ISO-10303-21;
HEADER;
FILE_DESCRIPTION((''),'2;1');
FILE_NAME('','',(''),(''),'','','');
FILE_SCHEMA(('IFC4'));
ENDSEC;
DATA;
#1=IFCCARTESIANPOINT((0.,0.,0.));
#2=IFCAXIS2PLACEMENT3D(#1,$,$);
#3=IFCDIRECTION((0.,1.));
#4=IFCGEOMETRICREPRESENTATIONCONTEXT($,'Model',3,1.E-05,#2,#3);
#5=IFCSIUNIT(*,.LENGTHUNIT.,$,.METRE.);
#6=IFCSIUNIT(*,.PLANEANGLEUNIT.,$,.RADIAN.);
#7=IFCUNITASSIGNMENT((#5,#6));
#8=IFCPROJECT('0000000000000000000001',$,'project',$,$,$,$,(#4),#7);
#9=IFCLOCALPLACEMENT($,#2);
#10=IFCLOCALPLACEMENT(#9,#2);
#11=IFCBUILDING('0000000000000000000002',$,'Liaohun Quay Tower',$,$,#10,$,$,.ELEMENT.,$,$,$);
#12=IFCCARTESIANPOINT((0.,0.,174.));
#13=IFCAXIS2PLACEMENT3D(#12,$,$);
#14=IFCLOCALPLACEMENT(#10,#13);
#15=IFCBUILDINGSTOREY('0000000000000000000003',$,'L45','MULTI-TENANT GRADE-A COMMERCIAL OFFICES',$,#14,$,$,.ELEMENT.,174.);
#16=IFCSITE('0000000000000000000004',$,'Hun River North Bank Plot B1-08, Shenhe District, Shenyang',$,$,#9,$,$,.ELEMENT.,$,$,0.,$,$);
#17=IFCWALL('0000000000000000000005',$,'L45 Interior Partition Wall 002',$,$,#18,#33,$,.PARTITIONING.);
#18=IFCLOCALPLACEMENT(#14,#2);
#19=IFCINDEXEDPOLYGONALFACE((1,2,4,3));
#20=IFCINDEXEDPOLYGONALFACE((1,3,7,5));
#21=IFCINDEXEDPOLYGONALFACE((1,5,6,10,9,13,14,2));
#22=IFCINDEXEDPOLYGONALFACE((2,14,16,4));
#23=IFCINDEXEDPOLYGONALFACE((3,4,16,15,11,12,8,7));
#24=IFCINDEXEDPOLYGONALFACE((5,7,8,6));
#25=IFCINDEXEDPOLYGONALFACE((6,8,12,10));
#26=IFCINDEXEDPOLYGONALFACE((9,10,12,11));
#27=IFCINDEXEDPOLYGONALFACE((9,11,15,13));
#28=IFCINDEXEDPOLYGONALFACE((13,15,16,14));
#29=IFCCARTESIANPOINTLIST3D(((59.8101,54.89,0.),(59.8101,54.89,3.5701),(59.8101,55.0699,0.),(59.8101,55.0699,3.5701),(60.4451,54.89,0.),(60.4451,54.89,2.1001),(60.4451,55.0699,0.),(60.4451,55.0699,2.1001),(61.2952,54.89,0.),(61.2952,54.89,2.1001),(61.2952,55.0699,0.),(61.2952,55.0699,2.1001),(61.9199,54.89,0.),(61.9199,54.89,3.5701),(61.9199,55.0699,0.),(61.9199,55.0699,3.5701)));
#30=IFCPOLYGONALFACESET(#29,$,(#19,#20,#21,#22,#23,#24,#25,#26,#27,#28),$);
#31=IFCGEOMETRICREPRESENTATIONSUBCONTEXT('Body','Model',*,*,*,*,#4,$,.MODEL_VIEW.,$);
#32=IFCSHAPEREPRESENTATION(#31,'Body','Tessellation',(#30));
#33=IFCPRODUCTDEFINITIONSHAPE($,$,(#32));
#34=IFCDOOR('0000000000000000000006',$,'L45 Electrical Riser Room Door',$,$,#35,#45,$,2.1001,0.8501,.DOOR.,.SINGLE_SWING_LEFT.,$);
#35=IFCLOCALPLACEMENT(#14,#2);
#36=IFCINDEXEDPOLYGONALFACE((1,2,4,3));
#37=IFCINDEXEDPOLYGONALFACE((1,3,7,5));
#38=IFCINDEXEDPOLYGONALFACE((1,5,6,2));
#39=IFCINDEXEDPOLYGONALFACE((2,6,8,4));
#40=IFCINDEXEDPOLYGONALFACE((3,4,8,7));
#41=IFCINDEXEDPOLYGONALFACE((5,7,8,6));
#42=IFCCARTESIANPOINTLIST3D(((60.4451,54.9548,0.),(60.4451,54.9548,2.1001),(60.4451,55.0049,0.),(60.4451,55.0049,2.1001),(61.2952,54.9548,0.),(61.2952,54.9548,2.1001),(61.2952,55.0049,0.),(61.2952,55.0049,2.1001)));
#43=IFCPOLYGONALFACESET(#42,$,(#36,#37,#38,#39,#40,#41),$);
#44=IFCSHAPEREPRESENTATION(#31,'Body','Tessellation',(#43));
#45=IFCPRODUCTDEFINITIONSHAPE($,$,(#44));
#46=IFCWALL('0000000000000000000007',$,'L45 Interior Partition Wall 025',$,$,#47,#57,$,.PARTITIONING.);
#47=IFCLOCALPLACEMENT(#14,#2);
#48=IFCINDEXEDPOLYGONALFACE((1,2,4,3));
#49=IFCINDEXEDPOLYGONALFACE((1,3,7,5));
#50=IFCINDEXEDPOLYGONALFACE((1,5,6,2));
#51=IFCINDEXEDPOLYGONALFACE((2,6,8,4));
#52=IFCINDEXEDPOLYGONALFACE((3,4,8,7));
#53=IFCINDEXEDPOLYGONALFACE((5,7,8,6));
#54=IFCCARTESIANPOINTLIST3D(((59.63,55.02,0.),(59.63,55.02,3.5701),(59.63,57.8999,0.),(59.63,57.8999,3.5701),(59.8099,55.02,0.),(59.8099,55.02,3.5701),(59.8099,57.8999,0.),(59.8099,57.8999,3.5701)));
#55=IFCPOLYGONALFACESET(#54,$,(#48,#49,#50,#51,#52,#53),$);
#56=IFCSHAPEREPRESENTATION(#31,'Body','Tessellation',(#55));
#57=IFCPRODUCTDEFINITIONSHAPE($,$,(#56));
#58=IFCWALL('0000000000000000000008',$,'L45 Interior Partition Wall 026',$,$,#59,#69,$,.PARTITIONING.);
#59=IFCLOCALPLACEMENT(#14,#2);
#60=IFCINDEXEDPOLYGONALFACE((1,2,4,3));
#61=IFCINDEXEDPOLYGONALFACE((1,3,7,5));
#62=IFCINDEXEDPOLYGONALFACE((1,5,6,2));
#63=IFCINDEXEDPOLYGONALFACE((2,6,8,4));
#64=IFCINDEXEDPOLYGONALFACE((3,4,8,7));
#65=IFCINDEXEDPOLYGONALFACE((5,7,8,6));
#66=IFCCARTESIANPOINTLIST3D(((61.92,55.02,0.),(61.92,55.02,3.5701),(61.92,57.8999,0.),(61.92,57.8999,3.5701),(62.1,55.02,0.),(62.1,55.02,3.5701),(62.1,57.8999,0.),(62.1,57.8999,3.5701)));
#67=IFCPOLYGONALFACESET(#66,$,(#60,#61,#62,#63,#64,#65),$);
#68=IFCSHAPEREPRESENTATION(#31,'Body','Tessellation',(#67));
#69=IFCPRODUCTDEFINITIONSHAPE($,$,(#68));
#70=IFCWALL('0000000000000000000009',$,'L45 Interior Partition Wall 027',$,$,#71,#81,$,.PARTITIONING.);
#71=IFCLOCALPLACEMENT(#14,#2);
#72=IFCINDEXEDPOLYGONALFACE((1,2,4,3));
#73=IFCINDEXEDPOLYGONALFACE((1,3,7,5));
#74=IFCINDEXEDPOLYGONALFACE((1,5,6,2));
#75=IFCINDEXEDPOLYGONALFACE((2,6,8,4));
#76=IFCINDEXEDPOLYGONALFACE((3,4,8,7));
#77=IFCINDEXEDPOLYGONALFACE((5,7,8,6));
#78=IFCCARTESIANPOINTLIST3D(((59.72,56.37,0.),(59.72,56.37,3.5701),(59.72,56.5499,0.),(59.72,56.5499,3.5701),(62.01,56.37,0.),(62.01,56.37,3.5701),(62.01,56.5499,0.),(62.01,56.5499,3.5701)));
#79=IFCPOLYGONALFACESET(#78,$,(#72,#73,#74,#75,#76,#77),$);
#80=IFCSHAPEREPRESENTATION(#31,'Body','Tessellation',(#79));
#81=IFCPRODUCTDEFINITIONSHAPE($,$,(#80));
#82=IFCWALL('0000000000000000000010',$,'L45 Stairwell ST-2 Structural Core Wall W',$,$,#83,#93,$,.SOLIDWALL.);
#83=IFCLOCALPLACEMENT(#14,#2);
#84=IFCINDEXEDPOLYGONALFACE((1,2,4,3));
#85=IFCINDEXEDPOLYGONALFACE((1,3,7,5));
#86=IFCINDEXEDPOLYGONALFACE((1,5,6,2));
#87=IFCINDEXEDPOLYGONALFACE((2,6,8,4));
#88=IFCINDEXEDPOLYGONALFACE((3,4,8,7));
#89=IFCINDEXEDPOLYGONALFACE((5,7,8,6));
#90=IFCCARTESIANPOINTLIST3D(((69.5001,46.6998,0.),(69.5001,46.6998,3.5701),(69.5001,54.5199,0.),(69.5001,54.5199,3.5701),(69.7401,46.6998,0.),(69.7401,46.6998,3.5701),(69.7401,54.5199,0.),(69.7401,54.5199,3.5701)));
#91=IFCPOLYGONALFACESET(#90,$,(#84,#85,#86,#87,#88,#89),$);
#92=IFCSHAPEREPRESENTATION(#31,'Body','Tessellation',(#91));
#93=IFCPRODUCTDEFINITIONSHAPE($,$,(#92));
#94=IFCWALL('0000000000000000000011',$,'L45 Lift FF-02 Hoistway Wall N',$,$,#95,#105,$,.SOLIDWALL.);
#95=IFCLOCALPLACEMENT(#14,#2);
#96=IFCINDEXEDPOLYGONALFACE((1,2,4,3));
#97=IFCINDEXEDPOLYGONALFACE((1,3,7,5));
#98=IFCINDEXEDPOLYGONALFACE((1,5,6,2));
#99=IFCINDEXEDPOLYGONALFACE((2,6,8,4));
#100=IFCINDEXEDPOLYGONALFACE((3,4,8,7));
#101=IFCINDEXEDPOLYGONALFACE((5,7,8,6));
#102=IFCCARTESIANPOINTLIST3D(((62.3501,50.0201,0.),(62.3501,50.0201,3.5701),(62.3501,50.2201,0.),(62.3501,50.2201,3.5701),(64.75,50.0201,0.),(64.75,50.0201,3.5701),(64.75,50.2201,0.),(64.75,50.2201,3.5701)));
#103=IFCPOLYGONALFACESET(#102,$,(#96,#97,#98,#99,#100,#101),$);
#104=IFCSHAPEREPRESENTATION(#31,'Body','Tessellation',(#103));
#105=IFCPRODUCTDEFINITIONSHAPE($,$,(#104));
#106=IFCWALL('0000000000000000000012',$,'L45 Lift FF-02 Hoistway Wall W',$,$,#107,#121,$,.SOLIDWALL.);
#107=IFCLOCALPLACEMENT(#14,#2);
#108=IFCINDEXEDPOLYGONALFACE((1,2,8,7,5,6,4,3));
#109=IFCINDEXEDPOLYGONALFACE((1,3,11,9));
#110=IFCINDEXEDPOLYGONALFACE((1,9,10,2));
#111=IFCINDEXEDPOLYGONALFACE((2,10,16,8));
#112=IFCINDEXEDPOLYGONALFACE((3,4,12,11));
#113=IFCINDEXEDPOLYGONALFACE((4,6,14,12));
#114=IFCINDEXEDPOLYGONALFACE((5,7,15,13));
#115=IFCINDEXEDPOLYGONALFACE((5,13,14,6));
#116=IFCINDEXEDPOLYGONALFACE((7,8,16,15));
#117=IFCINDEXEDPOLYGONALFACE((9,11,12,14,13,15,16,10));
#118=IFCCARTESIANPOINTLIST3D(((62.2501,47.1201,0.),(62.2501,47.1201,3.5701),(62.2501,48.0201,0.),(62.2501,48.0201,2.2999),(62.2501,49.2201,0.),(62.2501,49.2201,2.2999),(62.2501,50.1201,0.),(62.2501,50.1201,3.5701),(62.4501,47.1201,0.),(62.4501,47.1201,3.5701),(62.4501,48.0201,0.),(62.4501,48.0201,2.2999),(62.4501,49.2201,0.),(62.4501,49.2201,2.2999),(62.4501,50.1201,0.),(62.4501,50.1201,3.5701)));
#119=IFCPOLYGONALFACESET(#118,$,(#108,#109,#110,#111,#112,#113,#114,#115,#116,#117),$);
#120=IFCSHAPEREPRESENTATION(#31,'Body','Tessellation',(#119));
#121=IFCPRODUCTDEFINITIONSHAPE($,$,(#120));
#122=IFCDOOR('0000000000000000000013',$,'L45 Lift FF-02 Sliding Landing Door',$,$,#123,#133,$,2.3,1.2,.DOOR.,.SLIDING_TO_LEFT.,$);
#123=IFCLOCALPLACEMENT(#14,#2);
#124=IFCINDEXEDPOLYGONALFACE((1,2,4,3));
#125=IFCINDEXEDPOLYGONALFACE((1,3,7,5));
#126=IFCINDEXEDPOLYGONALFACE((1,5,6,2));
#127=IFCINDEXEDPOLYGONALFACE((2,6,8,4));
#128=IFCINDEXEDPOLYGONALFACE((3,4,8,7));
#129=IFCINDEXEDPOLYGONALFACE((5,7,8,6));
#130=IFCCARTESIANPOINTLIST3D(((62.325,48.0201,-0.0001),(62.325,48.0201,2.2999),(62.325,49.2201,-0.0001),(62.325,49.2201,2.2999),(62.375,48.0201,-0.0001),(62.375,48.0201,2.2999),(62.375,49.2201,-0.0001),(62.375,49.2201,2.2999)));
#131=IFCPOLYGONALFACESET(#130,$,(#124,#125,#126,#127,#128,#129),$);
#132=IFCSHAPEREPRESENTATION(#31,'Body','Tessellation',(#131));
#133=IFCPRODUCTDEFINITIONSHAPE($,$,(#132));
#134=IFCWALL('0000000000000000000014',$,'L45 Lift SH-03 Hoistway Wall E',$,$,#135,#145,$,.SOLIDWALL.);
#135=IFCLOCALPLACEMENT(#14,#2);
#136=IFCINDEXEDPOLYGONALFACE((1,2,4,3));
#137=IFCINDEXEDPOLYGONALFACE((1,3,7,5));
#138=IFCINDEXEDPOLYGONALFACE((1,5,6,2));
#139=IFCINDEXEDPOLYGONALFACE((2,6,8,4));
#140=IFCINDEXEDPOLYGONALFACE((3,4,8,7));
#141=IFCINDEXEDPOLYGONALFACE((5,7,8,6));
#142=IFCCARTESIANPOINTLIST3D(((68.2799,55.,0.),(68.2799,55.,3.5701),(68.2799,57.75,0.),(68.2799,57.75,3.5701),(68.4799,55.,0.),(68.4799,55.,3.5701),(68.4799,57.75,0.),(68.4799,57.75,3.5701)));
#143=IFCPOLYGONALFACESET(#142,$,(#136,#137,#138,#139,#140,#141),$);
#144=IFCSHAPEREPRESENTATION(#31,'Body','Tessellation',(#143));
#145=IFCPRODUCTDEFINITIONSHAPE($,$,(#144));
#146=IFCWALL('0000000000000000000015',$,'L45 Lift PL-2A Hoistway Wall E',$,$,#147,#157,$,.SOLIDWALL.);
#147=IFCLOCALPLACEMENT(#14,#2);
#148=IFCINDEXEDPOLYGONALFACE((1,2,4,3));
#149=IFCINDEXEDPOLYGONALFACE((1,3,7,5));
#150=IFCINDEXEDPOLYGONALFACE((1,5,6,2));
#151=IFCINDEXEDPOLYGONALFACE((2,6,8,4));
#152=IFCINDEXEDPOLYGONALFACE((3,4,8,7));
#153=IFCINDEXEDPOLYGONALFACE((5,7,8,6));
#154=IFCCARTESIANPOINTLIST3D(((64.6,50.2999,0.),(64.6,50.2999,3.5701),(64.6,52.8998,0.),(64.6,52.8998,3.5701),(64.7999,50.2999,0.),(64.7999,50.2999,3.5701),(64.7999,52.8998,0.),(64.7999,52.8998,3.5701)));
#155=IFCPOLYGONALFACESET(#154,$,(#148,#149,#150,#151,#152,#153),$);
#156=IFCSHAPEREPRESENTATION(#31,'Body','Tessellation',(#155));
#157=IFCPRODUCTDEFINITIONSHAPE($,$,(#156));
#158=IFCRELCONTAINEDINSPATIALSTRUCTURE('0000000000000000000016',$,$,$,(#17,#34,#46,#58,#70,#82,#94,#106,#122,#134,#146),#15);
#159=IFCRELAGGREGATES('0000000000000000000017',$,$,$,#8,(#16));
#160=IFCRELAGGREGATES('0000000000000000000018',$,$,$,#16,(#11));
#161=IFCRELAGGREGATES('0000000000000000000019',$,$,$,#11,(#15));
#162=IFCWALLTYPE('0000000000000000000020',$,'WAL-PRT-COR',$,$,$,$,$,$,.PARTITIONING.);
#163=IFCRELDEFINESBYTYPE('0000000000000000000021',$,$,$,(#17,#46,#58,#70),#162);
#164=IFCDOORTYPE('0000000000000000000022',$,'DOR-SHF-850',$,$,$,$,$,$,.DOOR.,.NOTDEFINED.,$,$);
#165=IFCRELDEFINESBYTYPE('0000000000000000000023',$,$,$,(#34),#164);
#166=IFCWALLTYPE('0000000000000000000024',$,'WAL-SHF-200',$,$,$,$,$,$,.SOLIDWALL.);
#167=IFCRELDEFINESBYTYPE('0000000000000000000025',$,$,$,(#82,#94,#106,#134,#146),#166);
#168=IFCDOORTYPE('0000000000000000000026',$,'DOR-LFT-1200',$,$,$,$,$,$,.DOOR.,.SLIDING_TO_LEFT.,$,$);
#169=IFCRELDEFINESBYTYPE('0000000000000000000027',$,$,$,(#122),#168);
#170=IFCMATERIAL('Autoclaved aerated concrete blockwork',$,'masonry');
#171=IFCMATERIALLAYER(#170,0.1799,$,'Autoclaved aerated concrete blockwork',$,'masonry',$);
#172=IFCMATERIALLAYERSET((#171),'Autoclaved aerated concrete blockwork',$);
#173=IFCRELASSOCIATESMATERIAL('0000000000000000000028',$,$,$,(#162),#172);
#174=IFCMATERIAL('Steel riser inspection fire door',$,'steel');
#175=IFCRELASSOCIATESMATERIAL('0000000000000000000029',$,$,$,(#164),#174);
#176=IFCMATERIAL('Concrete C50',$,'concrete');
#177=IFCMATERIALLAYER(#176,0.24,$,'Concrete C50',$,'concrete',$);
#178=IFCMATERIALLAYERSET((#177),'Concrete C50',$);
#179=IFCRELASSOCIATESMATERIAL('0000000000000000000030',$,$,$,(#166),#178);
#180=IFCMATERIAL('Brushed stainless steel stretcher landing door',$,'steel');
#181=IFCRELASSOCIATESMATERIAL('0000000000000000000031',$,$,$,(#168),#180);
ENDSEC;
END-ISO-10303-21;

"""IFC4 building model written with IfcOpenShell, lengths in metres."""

from ifc_helpers import new_model, si_unit, direction, frame, frame_2d, origin, place, context, subcontext, project, spatial, rectangle, extrude, source, transform, mapped, material, layer, layer_set, type_object, element, fill, save


model = new_model("IFC4")

# Units and contexts
model_context = context("Model", 3, precision=1e-05, world=origin(), true_north=direction((0.0, 1.0)))
body_context = subcontext(model_context, "Body", "Model", "MODEL_VIEW")
ifc_project = project(units=[si_unit("LENGTHUNIT", "METRE"), si_unit("PLANEANGLEUNIT", "RADIAN")], contexts=[model_context])

# Site, building, storey
site_placement = place(None, origin())
site = spatial("IfcSite", under=ifc_project, at=site_placement, Name="Hun River North Bank Plot B1-08, Shenhe District, Shenyang", CompositionType="ELEMENT", RefElevation=0.0)
building_placement = place(site_placement, origin())
building = spatial("IfcBuilding", under=site, at=building_placement, Name="Liaohun Quay Tower", CompositionType="ELEMENT")
storey_placement = place(building_placement, frame((0.0, 0.0, 174.0)))
storey = spatial("IfcBuildingStorey", under=building, at=storey_placement, Name="L45", Description="MULTI-TENANT GRADE-A COMMERCIAL OFFICES", CompositionType="ELEMENT", Elevation=174.0)

# Wall, opening, door
ifc_material_1 = material(Name="Autoclaved aerated concrete blockwork", Category="masonry")
ifc_layer_1 = layer(ifc_material_1, 0.1799, Name="Autoclaved aerated concrete blockwork", Category="masonry")
ifc_layer_set_1 = layer_set([ifc_layer_1], Name="Autoclaved aerated concrete blockwork")
wall_type_1 = type_object("IfcWallType", Name="WAL-PRT-COR", PredefinedType="PARTITIONING", material=ifc_layer_set_1)
wall_1_placement = place(storey_placement, frame((59.8101, 54.98, 0.0), z_axis=(0.0, 0.0, 1.0), x_axis=(1.0, 0.0, 0.0)))
wall_1 = element("IfcWall", 1, at=wall_1_placement, inside=storey, type_object=wall_type_1, Name="L45 Interior Partition Wall 002", PredefinedType="PARTITIONING", context=body_context, shape_type="SweptSolid", body=[
    extrude(rectangle(XDim=2.1099, YDim=0.1799, at=frame_2d((1.0549, 0.0))), origin(), (0.0, 0.0, 1.0), 3.5701),
])
shared_shape_1 = source(origin(), body_context, "Body", "SweptSolid", [
    extrude(rectangle(XDim=0.8501, YDim=2.1001, at=frame_2d((0.425, 1.05))), frame((0.0, 0.0999, 0.0), z_axis=(0.0, -1.0, 0.0), x_axis=(1.0, 0.0, 0.0)), (0.0, 0.0, 1.0), 0.2),
])
opening_1_placement = place(wall_1_placement, frame((0.635, 0.0, 0.0)))
opening_1 = element("IfcOpeningElement", 2, at=opening_1_placement, cuts=wall_1, PredefinedType="OPENING", context=body_context, shape_type="MappedRepresentation", body=[
    mapped(shared_shape_1, transform((0.0, 0.0, 0.0), x_axis=(1.0, 0.0, 0.0), y_axis=(0.0, 1.0, 0.0), z_axis=(0.0, 0.0, 1.0), scale=1.0)),
])
ifc_material_2 = material(Name="Steel riser inspection fire door", Category="steel")
door_type_1 = type_object("IfcDoorType", Name="DOR-SHF-850", OperationType="NOTDEFINED", PredefinedType="DOOR", material=ifc_material_2)
shared_shape_2 = source(origin(), body_context, "Body", "SweptSolid", [
    extrude(rectangle(XDim=0.8501, YDim=2.1001, at=frame_2d((0.425, 1.05))), frame((0.0, 0.0249, 0.0), z_axis=(0.0, -1.0, 0.0), x_axis=(1.0, 0.0, 0.0)), (0.0, 0.0, 1.0), 0.05),
])
door_1_placement = place(opening_1_placement, origin())
door_1 = element("IfcDoor", 3, at=door_1_placement, inside=storey, type_object=door_type_1, Name="L45 Electrical Riser Room Door", OperationType="SINGLE_SWING_LEFT", OverallHeight=2.1001, OverallWidth=0.8501, PredefinedType="DOOR", context=body_context, shape_type="MappedRepresentation", body=[
    mapped(shared_shape_2, transform((0.0, 0.0, 0.0), x_axis=(1.0, 0.0, 0.0), y_axis=(0.0, 1.0, 0.0), z_axis=(0.0, 0.0, 1.0), scale=1.0)),
])
fill(opening_1, door_1)

# Walls
for number, where, z_axis, x_axis, name in (
    (4, (59.72, 55.02, 0.0), (0.0, 0.0, 1.0), (0.0, 1.0, 0.0), "L45 Interior Partition Wall 025"),
    (5, (62.01, 55.02, 0.0), (0.0, 0.0, 1.0), (0.0, 1.0, 0.0), "L45 Interior Partition Wall 026"),
):
    element("IfcWall", number, at=place(storey_placement, frame(where, z_axis=z_axis, x_axis=x_axis)), inside=storey, type_object=wall_type_1, Name=name, PredefinedType="PARTITIONING", context=body_context, shape_type="SweptSolid", body=[
        extrude(rectangle(XDim=2.8799, YDim=0.1799, at=frame_2d((1.4399, 0.0))), origin(), (0.0, 0.0, 1.0), 3.5701),
    ])
wall_2_placement = place(storey_placement, frame((59.72, 56.46, 0.0), z_axis=(0.0, 0.0, 1.0), x_axis=(1.0, 0.0, 0.0)))
element("IfcWall", 6, at=wall_2_placement, inside=storey, type_object=wall_type_1, Name="L45 Interior Partition Wall 027", PredefinedType="PARTITIONING", context=body_context, shape_type="SweptSolid", body=[
    extrude(rectangle(XDim=2.29, YDim=0.1799, at=frame_2d((1.145, 0.0))), origin(), (0.0, 0.0, 1.0), 3.5701),
])
ifc_material_3 = material(Name="Concrete C50", Category="concrete")
ifc_layer_2 = layer(ifc_material_3, 0.24, Name="Concrete C50", Category="concrete")
ifc_layer_set_2 = layer_set([ifc_layer_2], Name="Concrete C50")
wall_type_2 = type_object("IfcWallType", Name="WAL-SHF-200", PredefinedType="SOLIDWALL", material=ifc_layer_set_2)
wall_3_placement = place(storey_placement, frame((69.6201, 54.52, 0.0), z_axis=(0.0, 0.0, 1.0), x_axis=(0.0, -1.0, 0.0)))
element("IfcWall", 7, at=wall_3_placement, inside=storey, type_object=wall_type_2, Name="L45 Stairwell ST-2 Structural Core Wall W", PredefinedType="SOLIDWALL", context=body_context, shape_type="SweptSolid", body=[
    extrude(rectangle(XDim=7.8201, YDim=0.24, at=frame_2d((3.9102, 0.0))), origin(), (0.0, 0.0, 1.0), 3.5701),
])
wall_4_placement = place(storey_placement, frame((64.75, 50.1201, 0.0), z_axis=(0.0, 0.0, 1.0), x_axis=(-1.0, 0.0, 0.0)))
element("IfcWall", 8, at=wall_4_placement, inside=storey, type_object=wall_type_2, Name="L45 Lift FF-02 Hoistway Wall N", PredefinedType="SOLIDWALL", context=body_context, shape_type="SweptSolid", body=[
    extrude(rectangle(XDim=2.3999, YDim=0.2, at=frame_2d((1.2, 0.0))), origin(), (0.0, 0.0, 1.0), 3.5701),
])

# Wall, opening, door
wall_5_placement = place(storey_placement, frame((62.3501, 50.1201, 0.0), z_axis=(0.0, 0.0, 1.0), x_axis=(0.0, -1.0, 0.0)))
wall_5 = element("IfcWall", 9, at=wall_5_placement, inside=storey, type_object=wall_type_2, Name="L45 Lift FF-02 Hoistway Wall W", PredefinedType="SOLIDWALL", context=body_context, shape_type="SweptSolid", body=[
    extrude(rectangle(XDim=3.0, YDim=0.2, at=frame_2d((1.5, 0.0))), origin(), (0.0, 0.0, 1.0), 3.5701),
])
shared_shape_3 = source(origin(), body_context, "Body", "SweptSolid", [
    extrude(rectangle(XDim=1.2, YDim=2.3, at=frame_2d((0.6001, 1.1499))), frame((0.0, 0.1099, 0.0), z_axis=(0.0, -1.0, 0.0), x_axis=(1.0, 0.0, 0.0)), (0.0, 0.0, 1.0), 0.22),
])
opening_2_placement = place(wall_5_placement, frame((0.8999, 0.0, 0.0)))
opening_2 = element("IfcOpeningElement", 10, at=opening_2_placement, cuts=wall_5, PredefinedType="OPENING", context=body_context, shape_type="MappedRepresentation", body=[
    mapped(shared_shape_3, transform((0.0, 0.0, 0.0), x_axis=(1.0, 0.0, 0.0), y_axis=(0.0, 1.0, 0.0), z_axis=(0.0, 0.0, 1.0), scale=1.0)),
])
ifc_material_4 = material(Name="Brushed stainless steel stretcher landing door", Category="steel")
door_type_2 = type_object("IfcDoorType", Name="DOR-LFT-1200", OperationType="SLIDING_TO_LEFT", PredefinedType="DOOR", material=ifc_material_4)
shared_shape_4 = source(origin(), body_context, "Body", "SweptSolid", [
    extrude(rectangle(XDim=1.2, YDim=2.3, at=frame_2d((0.6001, 1.1499))), frame((0.0, 0.0249, 0.0), z_axis=(0.0, -1.0, 0.0), x_axis=(1.0, 0.0, 0.0)), (0.0, 0.0, 1.0), 0.05),
])
door_2_placement = place(opening_2_placement, origin())
door_2 = element("IfcDoor", 11, at=door_2_placement, inside=storey, type_object=door_type_2, Name="L45 Lift FF-02 Sliding Landing Door", OperationType="SLIDING_TO_LEFT", OverallHeight=2.3, OverallWidth=1.2, PredefinedType="DOOR", context=body_context, shape_type="MappedRepresentation", body=[
    mapped(shared_shape_4, transform((0.0, 0.0, 0.0), x_axis=(1.0, 0.0, 0.0), y_axis=(0.0, 1.0, 0.0), z_axis=(0.0, 0.0, 1.0), scale=1.0)),
])
fill(opening_2, door_2)

# Walls
wall_6_placement = place(storey_placement, frame((68.3799, 55.0, 0.0), z_axis=(0.0, 0.0, 1.0), x_axis=(0.0, 1.0, 0.0)))
element("IfcWall", 12, at=wall_6_placement, inside=storey, type_object=wall_type_2, Name="L45 Lift SH-03 Hoistway Wall E", PredefinedType="SOLIDWALL", context=body_context, shape_type="SweptSolid", body=[
    extrude(rectangle(XDim=2.75, YDim=0.2, at=frame_2d((1.375, 0.0))), origin(), (0.0, 0.0, 1.0), 3.5701),
])
wall_7_placement = place(storey_placement, frame((64.7, 50.3, 0.0), z_axis=(0.0, 0.0, 1.0), x_axis=(0.0, 1.0, 0.0)))
element("IfcWall", 13, at=wall_7_placement, inside=storey, type_object=wall_type_2, Name="L45 Lift PL-2A Hoistway Wall E", PredefinedType="SOLIDWALL", context=body_context, shape_type="SweptSolid", body=[
    extrude(rectangle(XDim=2.5999, YDim=0.2, at=frame_2d((1.2998, 0.0))), origin(), (0.0, 0.0, 1.0), 3.5701),
])

save(model, "model.ifc")
